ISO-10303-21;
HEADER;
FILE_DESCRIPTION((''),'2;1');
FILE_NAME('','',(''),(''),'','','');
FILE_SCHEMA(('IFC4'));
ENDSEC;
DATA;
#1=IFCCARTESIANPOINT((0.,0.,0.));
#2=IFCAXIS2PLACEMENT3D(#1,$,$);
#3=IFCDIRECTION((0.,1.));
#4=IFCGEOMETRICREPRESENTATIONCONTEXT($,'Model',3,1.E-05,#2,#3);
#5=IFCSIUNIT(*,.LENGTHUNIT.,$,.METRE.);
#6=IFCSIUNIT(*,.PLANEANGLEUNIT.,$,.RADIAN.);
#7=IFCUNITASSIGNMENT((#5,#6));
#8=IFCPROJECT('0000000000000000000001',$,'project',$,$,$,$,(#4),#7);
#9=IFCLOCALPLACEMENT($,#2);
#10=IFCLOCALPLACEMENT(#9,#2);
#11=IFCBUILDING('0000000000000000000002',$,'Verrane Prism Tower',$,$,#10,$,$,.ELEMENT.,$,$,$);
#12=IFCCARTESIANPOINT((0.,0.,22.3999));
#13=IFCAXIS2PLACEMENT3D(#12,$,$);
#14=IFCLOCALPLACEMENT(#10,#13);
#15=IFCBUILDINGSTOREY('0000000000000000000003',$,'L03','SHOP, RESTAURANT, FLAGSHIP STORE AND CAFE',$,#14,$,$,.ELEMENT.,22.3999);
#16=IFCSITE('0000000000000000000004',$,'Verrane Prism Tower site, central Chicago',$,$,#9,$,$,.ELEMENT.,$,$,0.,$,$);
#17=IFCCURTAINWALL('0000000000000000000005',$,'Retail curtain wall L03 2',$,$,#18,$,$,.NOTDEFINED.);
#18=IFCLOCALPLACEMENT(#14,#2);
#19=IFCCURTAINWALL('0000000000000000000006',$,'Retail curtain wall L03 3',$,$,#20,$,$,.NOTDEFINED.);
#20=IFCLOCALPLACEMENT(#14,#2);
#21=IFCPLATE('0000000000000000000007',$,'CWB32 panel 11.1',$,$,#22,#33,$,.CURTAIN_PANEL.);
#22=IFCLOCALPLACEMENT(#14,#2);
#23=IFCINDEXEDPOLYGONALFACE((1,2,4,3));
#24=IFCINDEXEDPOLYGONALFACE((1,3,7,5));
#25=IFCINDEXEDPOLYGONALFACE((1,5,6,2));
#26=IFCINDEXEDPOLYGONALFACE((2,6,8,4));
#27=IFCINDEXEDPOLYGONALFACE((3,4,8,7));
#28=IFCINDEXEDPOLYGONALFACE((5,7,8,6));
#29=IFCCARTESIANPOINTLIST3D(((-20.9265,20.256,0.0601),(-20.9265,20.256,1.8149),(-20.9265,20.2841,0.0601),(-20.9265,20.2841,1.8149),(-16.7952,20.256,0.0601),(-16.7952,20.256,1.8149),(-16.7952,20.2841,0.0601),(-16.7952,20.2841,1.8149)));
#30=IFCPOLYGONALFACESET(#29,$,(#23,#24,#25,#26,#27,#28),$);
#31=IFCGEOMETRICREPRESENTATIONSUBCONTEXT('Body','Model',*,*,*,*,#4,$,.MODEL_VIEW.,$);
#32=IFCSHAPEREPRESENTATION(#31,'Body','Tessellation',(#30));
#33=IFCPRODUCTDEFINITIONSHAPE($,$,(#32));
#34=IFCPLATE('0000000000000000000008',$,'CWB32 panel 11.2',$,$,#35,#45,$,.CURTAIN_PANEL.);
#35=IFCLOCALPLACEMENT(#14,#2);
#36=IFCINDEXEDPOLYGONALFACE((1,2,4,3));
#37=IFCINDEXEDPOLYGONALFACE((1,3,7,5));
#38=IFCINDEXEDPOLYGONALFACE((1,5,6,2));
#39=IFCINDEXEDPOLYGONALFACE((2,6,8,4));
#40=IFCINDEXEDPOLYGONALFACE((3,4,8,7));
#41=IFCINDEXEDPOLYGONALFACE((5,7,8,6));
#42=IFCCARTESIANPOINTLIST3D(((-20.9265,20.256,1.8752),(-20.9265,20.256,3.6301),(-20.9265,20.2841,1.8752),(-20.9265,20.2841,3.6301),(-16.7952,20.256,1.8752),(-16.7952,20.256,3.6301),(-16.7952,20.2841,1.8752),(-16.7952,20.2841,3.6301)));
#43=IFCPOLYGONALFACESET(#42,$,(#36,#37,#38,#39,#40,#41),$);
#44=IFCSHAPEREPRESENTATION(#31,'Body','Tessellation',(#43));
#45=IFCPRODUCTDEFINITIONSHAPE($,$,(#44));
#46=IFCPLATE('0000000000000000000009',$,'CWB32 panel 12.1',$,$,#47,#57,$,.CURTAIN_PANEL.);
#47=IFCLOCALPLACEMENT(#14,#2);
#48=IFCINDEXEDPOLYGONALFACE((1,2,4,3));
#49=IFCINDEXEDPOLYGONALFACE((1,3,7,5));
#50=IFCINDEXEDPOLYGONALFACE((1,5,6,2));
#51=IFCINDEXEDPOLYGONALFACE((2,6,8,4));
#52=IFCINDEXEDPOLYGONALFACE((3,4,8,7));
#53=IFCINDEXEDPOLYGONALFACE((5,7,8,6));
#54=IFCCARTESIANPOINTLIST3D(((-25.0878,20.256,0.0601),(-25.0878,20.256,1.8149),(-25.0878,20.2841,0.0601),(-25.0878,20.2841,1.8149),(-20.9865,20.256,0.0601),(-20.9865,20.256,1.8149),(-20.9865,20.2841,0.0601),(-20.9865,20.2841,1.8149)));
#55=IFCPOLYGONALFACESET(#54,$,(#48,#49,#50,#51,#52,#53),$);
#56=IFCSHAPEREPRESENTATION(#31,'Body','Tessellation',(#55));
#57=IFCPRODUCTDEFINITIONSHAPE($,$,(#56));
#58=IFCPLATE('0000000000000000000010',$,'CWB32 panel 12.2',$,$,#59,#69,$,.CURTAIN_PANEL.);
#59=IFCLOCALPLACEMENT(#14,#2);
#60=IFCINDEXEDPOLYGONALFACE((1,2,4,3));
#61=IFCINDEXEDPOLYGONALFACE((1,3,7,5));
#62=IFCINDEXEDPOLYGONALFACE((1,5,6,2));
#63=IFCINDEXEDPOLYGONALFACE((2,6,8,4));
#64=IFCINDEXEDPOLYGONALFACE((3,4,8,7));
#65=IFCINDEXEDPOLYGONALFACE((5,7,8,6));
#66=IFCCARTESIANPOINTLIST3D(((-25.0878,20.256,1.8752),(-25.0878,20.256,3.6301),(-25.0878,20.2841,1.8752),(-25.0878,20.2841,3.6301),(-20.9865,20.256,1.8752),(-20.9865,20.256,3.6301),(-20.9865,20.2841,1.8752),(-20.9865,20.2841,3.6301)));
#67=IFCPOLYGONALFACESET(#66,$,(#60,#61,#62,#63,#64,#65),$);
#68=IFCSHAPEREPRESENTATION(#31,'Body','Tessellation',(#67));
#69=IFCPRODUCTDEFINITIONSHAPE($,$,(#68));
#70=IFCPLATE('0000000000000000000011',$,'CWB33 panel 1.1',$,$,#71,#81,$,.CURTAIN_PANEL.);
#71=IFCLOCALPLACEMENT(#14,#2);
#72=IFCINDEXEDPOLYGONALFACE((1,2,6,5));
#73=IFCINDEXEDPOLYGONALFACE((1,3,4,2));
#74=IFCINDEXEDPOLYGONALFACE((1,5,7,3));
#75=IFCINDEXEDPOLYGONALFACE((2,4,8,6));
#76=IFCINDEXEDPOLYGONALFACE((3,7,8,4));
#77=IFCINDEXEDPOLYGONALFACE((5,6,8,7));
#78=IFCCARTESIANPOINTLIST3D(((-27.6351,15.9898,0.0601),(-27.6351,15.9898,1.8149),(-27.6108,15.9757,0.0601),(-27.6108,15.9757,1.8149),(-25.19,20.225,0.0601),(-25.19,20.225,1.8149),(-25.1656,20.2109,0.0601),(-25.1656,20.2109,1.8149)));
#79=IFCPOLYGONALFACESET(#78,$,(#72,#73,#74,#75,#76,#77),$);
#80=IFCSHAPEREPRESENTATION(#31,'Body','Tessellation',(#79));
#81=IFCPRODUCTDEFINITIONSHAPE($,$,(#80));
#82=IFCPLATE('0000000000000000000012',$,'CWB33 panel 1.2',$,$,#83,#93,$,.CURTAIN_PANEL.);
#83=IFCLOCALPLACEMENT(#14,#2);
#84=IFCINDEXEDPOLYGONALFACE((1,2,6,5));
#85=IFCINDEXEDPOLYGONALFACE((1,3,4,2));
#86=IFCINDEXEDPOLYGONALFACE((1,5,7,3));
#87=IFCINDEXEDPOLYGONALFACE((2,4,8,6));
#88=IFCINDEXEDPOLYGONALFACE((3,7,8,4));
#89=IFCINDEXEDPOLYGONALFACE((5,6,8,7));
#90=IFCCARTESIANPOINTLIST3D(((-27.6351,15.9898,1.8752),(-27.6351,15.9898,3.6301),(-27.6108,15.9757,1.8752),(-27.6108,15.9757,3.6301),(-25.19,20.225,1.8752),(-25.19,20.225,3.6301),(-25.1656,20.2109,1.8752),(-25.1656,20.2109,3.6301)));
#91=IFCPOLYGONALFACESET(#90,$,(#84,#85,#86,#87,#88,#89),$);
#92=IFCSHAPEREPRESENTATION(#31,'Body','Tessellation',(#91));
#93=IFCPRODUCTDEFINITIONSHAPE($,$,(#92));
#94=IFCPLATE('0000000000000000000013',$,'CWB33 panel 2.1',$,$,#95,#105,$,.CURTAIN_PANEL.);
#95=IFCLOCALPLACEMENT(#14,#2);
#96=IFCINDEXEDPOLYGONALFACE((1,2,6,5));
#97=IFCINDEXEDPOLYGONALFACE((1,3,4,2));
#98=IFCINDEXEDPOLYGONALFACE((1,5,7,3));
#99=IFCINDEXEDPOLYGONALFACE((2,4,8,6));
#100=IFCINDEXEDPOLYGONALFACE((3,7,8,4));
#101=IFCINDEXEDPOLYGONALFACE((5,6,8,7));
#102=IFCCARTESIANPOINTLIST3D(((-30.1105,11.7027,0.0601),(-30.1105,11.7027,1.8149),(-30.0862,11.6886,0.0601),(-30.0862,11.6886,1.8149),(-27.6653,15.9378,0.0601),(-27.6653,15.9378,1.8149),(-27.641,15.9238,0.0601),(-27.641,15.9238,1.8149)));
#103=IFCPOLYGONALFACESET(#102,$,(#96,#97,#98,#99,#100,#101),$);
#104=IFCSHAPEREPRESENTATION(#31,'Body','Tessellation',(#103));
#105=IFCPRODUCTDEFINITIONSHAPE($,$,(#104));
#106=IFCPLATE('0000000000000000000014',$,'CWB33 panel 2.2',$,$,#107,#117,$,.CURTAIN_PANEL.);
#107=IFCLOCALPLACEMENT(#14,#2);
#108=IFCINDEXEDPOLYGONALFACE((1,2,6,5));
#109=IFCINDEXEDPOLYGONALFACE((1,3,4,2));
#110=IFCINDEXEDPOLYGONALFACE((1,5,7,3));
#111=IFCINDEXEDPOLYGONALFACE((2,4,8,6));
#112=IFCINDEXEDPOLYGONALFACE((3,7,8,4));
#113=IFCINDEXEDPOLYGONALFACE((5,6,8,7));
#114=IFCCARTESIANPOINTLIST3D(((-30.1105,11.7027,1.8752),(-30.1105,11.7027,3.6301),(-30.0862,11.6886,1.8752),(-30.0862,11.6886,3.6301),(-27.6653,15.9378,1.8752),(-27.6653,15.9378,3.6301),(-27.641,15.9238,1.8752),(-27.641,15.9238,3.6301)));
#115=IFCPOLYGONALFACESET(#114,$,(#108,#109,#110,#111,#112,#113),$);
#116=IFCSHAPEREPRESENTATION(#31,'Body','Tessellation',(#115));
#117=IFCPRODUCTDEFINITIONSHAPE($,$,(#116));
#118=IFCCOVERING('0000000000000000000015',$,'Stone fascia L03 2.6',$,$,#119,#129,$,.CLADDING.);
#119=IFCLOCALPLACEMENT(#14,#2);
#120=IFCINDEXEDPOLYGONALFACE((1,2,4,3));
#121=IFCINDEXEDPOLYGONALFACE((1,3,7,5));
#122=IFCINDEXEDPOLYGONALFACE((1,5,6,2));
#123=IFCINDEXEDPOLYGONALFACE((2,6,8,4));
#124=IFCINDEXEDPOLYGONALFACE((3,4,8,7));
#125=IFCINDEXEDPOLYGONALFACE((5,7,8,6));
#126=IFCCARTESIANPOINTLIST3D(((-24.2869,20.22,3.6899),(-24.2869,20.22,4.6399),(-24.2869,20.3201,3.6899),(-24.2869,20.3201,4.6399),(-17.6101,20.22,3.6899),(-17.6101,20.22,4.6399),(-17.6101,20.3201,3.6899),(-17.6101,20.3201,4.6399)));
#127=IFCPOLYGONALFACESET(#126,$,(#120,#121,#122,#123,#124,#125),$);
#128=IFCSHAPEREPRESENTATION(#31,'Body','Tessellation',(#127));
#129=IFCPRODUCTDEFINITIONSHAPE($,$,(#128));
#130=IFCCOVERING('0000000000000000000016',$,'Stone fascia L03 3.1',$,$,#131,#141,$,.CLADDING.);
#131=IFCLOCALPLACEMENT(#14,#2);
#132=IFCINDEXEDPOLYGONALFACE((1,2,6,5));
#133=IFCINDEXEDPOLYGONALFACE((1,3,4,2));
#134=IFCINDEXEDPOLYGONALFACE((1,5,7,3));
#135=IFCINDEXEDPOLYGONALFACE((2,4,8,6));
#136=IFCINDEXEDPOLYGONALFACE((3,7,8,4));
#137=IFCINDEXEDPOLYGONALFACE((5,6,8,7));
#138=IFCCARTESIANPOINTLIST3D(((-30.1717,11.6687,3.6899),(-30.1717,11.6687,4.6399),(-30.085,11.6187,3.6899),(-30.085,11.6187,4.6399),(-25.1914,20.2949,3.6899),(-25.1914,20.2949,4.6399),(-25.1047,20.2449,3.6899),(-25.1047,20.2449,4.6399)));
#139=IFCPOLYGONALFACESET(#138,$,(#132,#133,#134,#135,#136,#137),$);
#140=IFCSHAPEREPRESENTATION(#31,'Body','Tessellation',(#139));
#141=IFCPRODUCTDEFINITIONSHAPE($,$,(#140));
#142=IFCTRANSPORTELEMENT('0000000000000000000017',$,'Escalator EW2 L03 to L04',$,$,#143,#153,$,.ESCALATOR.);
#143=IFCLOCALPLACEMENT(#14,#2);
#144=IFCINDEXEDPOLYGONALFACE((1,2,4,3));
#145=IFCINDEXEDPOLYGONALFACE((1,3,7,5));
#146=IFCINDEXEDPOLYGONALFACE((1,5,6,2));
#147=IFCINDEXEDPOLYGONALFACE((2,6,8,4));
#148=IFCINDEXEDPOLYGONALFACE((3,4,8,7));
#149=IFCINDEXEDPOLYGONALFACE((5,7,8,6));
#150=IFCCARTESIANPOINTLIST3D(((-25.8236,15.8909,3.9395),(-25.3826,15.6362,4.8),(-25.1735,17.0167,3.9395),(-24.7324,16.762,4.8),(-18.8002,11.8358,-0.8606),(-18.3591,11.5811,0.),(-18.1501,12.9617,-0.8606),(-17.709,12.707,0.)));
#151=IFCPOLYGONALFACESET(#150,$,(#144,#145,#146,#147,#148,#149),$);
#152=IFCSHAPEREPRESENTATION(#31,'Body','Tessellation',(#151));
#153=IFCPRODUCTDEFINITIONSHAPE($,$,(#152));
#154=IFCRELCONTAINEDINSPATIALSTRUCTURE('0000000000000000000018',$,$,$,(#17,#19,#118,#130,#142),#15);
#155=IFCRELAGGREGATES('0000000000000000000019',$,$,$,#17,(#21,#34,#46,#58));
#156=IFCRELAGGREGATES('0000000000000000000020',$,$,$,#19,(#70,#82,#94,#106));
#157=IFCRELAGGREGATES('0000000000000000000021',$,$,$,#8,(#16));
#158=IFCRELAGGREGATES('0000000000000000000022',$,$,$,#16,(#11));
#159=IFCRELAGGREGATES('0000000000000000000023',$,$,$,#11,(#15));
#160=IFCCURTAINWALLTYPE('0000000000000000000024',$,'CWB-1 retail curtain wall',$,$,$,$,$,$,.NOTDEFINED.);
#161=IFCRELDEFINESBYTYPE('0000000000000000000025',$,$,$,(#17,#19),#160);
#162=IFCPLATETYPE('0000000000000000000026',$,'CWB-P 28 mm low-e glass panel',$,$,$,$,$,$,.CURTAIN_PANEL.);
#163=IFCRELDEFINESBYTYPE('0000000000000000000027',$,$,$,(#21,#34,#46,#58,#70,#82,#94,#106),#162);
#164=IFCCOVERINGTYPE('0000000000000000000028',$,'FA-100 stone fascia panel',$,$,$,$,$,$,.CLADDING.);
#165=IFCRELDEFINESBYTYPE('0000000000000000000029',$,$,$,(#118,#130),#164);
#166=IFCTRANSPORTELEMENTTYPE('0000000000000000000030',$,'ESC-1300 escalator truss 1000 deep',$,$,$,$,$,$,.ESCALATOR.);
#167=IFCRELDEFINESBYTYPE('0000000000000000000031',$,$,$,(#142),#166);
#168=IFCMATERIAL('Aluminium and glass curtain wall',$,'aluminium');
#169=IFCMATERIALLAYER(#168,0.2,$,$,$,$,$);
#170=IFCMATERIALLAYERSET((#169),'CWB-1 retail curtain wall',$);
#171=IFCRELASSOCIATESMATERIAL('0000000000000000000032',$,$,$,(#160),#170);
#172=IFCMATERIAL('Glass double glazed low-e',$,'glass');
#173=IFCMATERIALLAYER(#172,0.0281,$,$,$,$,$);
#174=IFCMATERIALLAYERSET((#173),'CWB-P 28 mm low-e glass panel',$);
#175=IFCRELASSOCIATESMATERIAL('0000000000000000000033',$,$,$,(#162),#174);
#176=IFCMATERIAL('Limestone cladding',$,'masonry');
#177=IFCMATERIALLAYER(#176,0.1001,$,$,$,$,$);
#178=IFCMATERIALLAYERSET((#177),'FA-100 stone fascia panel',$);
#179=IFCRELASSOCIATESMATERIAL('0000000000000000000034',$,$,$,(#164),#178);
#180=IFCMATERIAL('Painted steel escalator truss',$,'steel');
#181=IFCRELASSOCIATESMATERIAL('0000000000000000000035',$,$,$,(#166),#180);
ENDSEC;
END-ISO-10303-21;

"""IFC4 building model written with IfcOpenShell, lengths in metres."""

from ifc_helpers import new_model, si_unit, direction, frame, origin, origin_2d, place, context, subcontext, project, spatial, polyline, rectangle, outline, extrude, material, layer, layer_set, type_object, element, aggregate, save


model = new_model("IFC4")

# Units and contexts
model_context = context("Model", 3, precision=1e-05, world=origin(), true_north=direction((0.0, 1.0)))
body_context = subcontext(model_context, "Body", "Model", "MODEL_VIEW")
ifc_project = project(units=[si_unit("LENGTHUNIT", "METRE"), si_unit("PLANEANGLEUNIT", "RADIAN")], contexts=[model_context])

# Site, building, storey
site_placement = place(None, origin())
site = spatial("IfcSite", under=ifc_project, at=site_placement, Name="Verrane Prism Tower site, central Chicago", CompositionType="ELEMENT", RefElevation=0.0)
building_placement = place(site_placement, origin())
building = spatial("IfcBuilding", under=site, at=building_placement, Name="Verrane Prism Tower", CompositionType="ELEMENT")
storey_placement = place(building_placement, frame((0.0, 0.0, 22.3999)))
storey = spatial("IfcBuildingStorey", under=building, at=storey_placement, Name="L03", Description="SHOP, RESTAURANT, FLAGSHIP STORE AND CAFE", CompositionType="ELEMENT", Elevation=22.3999)

# Curtain walls
ifc_material_1 = material(Name="Aluminium and glass curtain wall", Category="aluminium")
ifc_layer_1 = layer(ifc_material_1, 0.2)
ifc_layer_set_1 = layer_set([ifc_layer_1], Name="CWB-1 retail curtain wall")
curtain_wall_type = type_object("IfcCurtainWallType", Name="CWB-1 retail curtain wall", PredefinedType="NOTDEFINED", material=ifc_layer_set_1)
curtain_wall_1_placement = place(storey_placement, origin())
curtain_wall_1 = element("IfcCurtainWall", 1, at=curtain_wall_1_placement, inside=storey, type_object=curtain_wall_type, Name="Retail curtain wall L03 2", PredefinedType="NOTDEFINED")
curtain_wall_2_placement = place(storey_placement, origin())
curtain_wall_2 = element("IfcCurtainWall", 2, at=curtain_wall_2_placement, inside=storey, type_object=curtain_wall_type, Name="Retail curtain wall L03 3", PredefinedType="NOTDEFINED")

# Plates
ifc_material_2 = material(Name="Glass double glazed low-e", Category="glass")
ifc_layer_2 = layer(ifc_material_2, 0.0281)
ifc_layer_set_2 = layer_set([ifc_layer_2], Name="CWB-P 28 mm low-e glass panel")
plate_type = type_object("IfcPlateType", Name="CWB-P 28 mm low-e glass panel", PredefinedType="CURTAIN_PANEL", material=ifc_layer_set_2)
plate_1_placement = place(storey_placement, frame((-18.8608, 20.27, 0.0601), z_axis=(0.0, 0.0, 1.0), x_axis=(-1.0, 0.0, 0.0)))
plate_1 = element("IfcPlate", 3, at=plate_1_placement, type_object=plate_type, Name="CWB32 panel 11.1", PredefinedType="CURTAIN_PANEL", context=body_context, shape_type="SweptSolid", body=[
    extrude(rectangle(XDim=4.1313, YDim=0.0281, at=origin_2d()), origin(), (0.0, 0.0, 1.0), 1.7549),
])
plate_2_placement = place(storey_placement, frame((-18.8608, 20.27, 1.8752), z_axis=(0.0, 0.0, 1.0), x_axis=(-1.0, 0.0, 0.0)))
plate_2 = element("IfcPlate", 4, at=plate_2_placement, type_object=plate_type, Name="CWB32 panel 11.2", PredefinedType="CURTAIN_PANEL", context=body_context, shape_type="SweptSolid", body=[
    extrude(rectangle(XDim=4.1313, YDim=0.0281, at=origin_2d()), origin(), (0.0, 0.0, 1.0), 1.7549),
])
plate_3_placement = place(storey_placement, frame((-23.0371, 20.27, 0.0601), z_axis=(0.0, 0.0, 1.0), x_axis=(-1.0, 0.0, 0.0)))
plate_3 = element("IfcPlate", 5, at=plate_3_placement, type_object=plate_type, Name="CWB32 panel 12.1", PredefinedType="CURTAIN_PANEL", context=body_context, shape_type="SweptSolid", body=[
    extrude(rectangle(XDim=4.1013, YDim=0.0281, at=origin_2d()), origin(), (0.0, 0.0, 1.0), 1.7549),
])
plate_4_placement = place(storey_placement, frame((-23.0371, 20.27, 1.8752), z_axis=(0.0, 0.0, 1.0), x_axis=(-1.0, 0.0, 0.0)))
plate_4 = element("IfcPlate", 6, at=plate_4_placement, type_object=plate_type, Name="CWB32 panel 12.2", PredefinedType="CURTAIN_PANEL", context=body_context, shape_type="SweptSolid", body=[
    extrude(rectangle(XDim=4.1013, YDim=0.0281, at=origin_2d()), origin(), (0.0, 0.0, 1.0), 1.7549),
])
aggregate(curtain_wall_1, [plate_1, plate_2, plate_3, plate_4])
plate_5_placement = place(storey_placement, frame((-26.4004, 18.1003, 0.0601), z_axis=(0.0, 0.0, 1.0), x_axis=(-0.499999, -0.866026, 0.0)))
plate_5 = element("IfcPlate", 7, at=plate_5_placement, type_object=plate_type, Name="CWB33 panel 1.1", PredefinedType="CURTAIN_PANEL", context=body_context, shape_type="SweptSolid", body=[
    extrude(rectangle(XDim=4.8904, YDim=0.0281, at=origin_2d()), origin(), (0.0, 0.0, 1.0), 1.7549),
])
plate_6_placement = place(storey_placement, frame((-26.4004, 18.1003, 1.8752), z_axis=(0.0, 0.0, 1.0), x_axis=(-0.499999, -0.866026, 0.0)))
plate_6 = element("IfcPlate", 8, at=plate_6_placement, type_object=plate_type, Name="CWB33 panel 1.2", PredefinedType="CURTAIN_PANEL", context=body_context, shape_type="SweptSolid", body=[
    extrude(rectangle(XDim=4.8904, YDim=0.0281, at=origin_2d()), origin(), (0.0, 0.0, 1.0), 1.7549),
])
plate_7_placement = place(storey_placement, frame((-28.8757, 13.8132, 0.0601), z_axis=(0.0, 0.0, 1.0), x_axis=(-0.499999, -0.866026, 0.0)))
plate_7 = element("IfcPlate", 9, at=plate_7_placement, type_object=plate_type, Name="CWB33 panel 2.1", PredefinedType="CURTAIN_PANEL", context=body_context, shape_type="SweptSolid", body=[
    extrude(rectangle(XDim=4.8904, YDim=0.0281, at=origin_2d()), origin(), (0.0, 0.0, 1.0), 1.7549),
])
plate_8_placement = place(storey_placement, frame((-28.8757, 13.8132, 1.8752), z_axis=(0.0, 0.0, 1.0), x_axis=(-0.499999, -0.866026, 0.0)))
plate_8 = element("IfcPlate", 10, at=plate_8_placement, type_object=plate_type, Name="CWB33 panel 2.2", PredefinedType="CURTAIN_PANEL", context=body_context, shape_type="SweptSolid", body=[
    extrude(rectangle(XDim=4.8904, YDim=0.0281, at=origin_2d()), origin(), (0.0, 0.0, 1.0), 1.7549),
])
aggregate(curtain_wall_2, [plate_5, plate_6, plate_7, plate_8])

# Coverings
ifc_material_3 = material(Name="Limestone cladding", Category="masonry")
ifc_layer_3 = layer(ifc_material_3, 0.1001)
ifc_layer_set_3 = layer_set([ifc_layer_3], Name="FA-100 stone fascia panel")
covering_type = type_object("IfcCoveringType", Name="FA-100 stone fascia panel", PredefinedType="CLADDING", material=ifc_layer_set_3)
covering_1_placement = place(storey_placement, frame((-20.9485, 20.27, 3.6899), z_axis=(0.0, 0.0, 1.0), x_axis=(-1.0, 0.0, 0.0)))
element("IfcCovering", 11, at=covering_1_placement, inside=storey, type_object=covering_type, Name="Stone fascia L03 2.6", PredefinedType="CLADDING", context=body_context, shape_type="SweptSolid", body=[
    extrude(rectangle(XDim=6.6768, YDim=0.1001, at=origin_2d()), origin(), (0.0, 0.0, 1.0), 0.95),
])
covering_2_placement = place(storey_placement, frame((-27.6382, 15.9568, 3.6899), z_axis=(0.0, 0.0, 1.0), x_axis=(-0.499999, -0.866026, 0.0)))
element("IfcCovering", 12, at=covering_2_placement, inside=storey, type_object=covering_type, Name="Stone fascia L03 3.1", PredefinedType="CLADDING", context=body_context, shape_type="SweptSolid", body=[
    extrude(rectangle(XDim=9.9607, YDim=0.1001, at=origin_2d()), origin(), (0.0, 0.0, 1.0), 0.95),
])

# Transport element
ifc_material_4 = material(Name="Painted steel escalator truss", Category="steel")
transport_element_type = type_object("IfcTransportElementType", Name="ESC-1300 escalator truss 1000 deep", PredefinedType="ESCALATOR", material=ifc_material_4)
transport_element_placement = place(storey_placement, frame((-17.709, 12.707, 0.0), z_axis=(0.441079, -0.25471, 0.860565), x_axis=(-0.745274, 0.430278, 0.509341)))
element("IfcTransportElement", 13, at=transport_element_placement, inside=storey, type_object=transport_element_type, Name="Escalator EW2 L03 to L04", PredefinedType="ESCALATOR", context=body_context, shape_type="SweptSolid", body=[
    extrude(outline(polyline([(0.0, 0.0), (9.424, 0.0), (9.4242, 1.3), (0.0001, 1.3002), (0.0, 0.0)])), origin(), (0.0, 0.0, -1.0), 1.0),
])

save(model, "model.ifc")
